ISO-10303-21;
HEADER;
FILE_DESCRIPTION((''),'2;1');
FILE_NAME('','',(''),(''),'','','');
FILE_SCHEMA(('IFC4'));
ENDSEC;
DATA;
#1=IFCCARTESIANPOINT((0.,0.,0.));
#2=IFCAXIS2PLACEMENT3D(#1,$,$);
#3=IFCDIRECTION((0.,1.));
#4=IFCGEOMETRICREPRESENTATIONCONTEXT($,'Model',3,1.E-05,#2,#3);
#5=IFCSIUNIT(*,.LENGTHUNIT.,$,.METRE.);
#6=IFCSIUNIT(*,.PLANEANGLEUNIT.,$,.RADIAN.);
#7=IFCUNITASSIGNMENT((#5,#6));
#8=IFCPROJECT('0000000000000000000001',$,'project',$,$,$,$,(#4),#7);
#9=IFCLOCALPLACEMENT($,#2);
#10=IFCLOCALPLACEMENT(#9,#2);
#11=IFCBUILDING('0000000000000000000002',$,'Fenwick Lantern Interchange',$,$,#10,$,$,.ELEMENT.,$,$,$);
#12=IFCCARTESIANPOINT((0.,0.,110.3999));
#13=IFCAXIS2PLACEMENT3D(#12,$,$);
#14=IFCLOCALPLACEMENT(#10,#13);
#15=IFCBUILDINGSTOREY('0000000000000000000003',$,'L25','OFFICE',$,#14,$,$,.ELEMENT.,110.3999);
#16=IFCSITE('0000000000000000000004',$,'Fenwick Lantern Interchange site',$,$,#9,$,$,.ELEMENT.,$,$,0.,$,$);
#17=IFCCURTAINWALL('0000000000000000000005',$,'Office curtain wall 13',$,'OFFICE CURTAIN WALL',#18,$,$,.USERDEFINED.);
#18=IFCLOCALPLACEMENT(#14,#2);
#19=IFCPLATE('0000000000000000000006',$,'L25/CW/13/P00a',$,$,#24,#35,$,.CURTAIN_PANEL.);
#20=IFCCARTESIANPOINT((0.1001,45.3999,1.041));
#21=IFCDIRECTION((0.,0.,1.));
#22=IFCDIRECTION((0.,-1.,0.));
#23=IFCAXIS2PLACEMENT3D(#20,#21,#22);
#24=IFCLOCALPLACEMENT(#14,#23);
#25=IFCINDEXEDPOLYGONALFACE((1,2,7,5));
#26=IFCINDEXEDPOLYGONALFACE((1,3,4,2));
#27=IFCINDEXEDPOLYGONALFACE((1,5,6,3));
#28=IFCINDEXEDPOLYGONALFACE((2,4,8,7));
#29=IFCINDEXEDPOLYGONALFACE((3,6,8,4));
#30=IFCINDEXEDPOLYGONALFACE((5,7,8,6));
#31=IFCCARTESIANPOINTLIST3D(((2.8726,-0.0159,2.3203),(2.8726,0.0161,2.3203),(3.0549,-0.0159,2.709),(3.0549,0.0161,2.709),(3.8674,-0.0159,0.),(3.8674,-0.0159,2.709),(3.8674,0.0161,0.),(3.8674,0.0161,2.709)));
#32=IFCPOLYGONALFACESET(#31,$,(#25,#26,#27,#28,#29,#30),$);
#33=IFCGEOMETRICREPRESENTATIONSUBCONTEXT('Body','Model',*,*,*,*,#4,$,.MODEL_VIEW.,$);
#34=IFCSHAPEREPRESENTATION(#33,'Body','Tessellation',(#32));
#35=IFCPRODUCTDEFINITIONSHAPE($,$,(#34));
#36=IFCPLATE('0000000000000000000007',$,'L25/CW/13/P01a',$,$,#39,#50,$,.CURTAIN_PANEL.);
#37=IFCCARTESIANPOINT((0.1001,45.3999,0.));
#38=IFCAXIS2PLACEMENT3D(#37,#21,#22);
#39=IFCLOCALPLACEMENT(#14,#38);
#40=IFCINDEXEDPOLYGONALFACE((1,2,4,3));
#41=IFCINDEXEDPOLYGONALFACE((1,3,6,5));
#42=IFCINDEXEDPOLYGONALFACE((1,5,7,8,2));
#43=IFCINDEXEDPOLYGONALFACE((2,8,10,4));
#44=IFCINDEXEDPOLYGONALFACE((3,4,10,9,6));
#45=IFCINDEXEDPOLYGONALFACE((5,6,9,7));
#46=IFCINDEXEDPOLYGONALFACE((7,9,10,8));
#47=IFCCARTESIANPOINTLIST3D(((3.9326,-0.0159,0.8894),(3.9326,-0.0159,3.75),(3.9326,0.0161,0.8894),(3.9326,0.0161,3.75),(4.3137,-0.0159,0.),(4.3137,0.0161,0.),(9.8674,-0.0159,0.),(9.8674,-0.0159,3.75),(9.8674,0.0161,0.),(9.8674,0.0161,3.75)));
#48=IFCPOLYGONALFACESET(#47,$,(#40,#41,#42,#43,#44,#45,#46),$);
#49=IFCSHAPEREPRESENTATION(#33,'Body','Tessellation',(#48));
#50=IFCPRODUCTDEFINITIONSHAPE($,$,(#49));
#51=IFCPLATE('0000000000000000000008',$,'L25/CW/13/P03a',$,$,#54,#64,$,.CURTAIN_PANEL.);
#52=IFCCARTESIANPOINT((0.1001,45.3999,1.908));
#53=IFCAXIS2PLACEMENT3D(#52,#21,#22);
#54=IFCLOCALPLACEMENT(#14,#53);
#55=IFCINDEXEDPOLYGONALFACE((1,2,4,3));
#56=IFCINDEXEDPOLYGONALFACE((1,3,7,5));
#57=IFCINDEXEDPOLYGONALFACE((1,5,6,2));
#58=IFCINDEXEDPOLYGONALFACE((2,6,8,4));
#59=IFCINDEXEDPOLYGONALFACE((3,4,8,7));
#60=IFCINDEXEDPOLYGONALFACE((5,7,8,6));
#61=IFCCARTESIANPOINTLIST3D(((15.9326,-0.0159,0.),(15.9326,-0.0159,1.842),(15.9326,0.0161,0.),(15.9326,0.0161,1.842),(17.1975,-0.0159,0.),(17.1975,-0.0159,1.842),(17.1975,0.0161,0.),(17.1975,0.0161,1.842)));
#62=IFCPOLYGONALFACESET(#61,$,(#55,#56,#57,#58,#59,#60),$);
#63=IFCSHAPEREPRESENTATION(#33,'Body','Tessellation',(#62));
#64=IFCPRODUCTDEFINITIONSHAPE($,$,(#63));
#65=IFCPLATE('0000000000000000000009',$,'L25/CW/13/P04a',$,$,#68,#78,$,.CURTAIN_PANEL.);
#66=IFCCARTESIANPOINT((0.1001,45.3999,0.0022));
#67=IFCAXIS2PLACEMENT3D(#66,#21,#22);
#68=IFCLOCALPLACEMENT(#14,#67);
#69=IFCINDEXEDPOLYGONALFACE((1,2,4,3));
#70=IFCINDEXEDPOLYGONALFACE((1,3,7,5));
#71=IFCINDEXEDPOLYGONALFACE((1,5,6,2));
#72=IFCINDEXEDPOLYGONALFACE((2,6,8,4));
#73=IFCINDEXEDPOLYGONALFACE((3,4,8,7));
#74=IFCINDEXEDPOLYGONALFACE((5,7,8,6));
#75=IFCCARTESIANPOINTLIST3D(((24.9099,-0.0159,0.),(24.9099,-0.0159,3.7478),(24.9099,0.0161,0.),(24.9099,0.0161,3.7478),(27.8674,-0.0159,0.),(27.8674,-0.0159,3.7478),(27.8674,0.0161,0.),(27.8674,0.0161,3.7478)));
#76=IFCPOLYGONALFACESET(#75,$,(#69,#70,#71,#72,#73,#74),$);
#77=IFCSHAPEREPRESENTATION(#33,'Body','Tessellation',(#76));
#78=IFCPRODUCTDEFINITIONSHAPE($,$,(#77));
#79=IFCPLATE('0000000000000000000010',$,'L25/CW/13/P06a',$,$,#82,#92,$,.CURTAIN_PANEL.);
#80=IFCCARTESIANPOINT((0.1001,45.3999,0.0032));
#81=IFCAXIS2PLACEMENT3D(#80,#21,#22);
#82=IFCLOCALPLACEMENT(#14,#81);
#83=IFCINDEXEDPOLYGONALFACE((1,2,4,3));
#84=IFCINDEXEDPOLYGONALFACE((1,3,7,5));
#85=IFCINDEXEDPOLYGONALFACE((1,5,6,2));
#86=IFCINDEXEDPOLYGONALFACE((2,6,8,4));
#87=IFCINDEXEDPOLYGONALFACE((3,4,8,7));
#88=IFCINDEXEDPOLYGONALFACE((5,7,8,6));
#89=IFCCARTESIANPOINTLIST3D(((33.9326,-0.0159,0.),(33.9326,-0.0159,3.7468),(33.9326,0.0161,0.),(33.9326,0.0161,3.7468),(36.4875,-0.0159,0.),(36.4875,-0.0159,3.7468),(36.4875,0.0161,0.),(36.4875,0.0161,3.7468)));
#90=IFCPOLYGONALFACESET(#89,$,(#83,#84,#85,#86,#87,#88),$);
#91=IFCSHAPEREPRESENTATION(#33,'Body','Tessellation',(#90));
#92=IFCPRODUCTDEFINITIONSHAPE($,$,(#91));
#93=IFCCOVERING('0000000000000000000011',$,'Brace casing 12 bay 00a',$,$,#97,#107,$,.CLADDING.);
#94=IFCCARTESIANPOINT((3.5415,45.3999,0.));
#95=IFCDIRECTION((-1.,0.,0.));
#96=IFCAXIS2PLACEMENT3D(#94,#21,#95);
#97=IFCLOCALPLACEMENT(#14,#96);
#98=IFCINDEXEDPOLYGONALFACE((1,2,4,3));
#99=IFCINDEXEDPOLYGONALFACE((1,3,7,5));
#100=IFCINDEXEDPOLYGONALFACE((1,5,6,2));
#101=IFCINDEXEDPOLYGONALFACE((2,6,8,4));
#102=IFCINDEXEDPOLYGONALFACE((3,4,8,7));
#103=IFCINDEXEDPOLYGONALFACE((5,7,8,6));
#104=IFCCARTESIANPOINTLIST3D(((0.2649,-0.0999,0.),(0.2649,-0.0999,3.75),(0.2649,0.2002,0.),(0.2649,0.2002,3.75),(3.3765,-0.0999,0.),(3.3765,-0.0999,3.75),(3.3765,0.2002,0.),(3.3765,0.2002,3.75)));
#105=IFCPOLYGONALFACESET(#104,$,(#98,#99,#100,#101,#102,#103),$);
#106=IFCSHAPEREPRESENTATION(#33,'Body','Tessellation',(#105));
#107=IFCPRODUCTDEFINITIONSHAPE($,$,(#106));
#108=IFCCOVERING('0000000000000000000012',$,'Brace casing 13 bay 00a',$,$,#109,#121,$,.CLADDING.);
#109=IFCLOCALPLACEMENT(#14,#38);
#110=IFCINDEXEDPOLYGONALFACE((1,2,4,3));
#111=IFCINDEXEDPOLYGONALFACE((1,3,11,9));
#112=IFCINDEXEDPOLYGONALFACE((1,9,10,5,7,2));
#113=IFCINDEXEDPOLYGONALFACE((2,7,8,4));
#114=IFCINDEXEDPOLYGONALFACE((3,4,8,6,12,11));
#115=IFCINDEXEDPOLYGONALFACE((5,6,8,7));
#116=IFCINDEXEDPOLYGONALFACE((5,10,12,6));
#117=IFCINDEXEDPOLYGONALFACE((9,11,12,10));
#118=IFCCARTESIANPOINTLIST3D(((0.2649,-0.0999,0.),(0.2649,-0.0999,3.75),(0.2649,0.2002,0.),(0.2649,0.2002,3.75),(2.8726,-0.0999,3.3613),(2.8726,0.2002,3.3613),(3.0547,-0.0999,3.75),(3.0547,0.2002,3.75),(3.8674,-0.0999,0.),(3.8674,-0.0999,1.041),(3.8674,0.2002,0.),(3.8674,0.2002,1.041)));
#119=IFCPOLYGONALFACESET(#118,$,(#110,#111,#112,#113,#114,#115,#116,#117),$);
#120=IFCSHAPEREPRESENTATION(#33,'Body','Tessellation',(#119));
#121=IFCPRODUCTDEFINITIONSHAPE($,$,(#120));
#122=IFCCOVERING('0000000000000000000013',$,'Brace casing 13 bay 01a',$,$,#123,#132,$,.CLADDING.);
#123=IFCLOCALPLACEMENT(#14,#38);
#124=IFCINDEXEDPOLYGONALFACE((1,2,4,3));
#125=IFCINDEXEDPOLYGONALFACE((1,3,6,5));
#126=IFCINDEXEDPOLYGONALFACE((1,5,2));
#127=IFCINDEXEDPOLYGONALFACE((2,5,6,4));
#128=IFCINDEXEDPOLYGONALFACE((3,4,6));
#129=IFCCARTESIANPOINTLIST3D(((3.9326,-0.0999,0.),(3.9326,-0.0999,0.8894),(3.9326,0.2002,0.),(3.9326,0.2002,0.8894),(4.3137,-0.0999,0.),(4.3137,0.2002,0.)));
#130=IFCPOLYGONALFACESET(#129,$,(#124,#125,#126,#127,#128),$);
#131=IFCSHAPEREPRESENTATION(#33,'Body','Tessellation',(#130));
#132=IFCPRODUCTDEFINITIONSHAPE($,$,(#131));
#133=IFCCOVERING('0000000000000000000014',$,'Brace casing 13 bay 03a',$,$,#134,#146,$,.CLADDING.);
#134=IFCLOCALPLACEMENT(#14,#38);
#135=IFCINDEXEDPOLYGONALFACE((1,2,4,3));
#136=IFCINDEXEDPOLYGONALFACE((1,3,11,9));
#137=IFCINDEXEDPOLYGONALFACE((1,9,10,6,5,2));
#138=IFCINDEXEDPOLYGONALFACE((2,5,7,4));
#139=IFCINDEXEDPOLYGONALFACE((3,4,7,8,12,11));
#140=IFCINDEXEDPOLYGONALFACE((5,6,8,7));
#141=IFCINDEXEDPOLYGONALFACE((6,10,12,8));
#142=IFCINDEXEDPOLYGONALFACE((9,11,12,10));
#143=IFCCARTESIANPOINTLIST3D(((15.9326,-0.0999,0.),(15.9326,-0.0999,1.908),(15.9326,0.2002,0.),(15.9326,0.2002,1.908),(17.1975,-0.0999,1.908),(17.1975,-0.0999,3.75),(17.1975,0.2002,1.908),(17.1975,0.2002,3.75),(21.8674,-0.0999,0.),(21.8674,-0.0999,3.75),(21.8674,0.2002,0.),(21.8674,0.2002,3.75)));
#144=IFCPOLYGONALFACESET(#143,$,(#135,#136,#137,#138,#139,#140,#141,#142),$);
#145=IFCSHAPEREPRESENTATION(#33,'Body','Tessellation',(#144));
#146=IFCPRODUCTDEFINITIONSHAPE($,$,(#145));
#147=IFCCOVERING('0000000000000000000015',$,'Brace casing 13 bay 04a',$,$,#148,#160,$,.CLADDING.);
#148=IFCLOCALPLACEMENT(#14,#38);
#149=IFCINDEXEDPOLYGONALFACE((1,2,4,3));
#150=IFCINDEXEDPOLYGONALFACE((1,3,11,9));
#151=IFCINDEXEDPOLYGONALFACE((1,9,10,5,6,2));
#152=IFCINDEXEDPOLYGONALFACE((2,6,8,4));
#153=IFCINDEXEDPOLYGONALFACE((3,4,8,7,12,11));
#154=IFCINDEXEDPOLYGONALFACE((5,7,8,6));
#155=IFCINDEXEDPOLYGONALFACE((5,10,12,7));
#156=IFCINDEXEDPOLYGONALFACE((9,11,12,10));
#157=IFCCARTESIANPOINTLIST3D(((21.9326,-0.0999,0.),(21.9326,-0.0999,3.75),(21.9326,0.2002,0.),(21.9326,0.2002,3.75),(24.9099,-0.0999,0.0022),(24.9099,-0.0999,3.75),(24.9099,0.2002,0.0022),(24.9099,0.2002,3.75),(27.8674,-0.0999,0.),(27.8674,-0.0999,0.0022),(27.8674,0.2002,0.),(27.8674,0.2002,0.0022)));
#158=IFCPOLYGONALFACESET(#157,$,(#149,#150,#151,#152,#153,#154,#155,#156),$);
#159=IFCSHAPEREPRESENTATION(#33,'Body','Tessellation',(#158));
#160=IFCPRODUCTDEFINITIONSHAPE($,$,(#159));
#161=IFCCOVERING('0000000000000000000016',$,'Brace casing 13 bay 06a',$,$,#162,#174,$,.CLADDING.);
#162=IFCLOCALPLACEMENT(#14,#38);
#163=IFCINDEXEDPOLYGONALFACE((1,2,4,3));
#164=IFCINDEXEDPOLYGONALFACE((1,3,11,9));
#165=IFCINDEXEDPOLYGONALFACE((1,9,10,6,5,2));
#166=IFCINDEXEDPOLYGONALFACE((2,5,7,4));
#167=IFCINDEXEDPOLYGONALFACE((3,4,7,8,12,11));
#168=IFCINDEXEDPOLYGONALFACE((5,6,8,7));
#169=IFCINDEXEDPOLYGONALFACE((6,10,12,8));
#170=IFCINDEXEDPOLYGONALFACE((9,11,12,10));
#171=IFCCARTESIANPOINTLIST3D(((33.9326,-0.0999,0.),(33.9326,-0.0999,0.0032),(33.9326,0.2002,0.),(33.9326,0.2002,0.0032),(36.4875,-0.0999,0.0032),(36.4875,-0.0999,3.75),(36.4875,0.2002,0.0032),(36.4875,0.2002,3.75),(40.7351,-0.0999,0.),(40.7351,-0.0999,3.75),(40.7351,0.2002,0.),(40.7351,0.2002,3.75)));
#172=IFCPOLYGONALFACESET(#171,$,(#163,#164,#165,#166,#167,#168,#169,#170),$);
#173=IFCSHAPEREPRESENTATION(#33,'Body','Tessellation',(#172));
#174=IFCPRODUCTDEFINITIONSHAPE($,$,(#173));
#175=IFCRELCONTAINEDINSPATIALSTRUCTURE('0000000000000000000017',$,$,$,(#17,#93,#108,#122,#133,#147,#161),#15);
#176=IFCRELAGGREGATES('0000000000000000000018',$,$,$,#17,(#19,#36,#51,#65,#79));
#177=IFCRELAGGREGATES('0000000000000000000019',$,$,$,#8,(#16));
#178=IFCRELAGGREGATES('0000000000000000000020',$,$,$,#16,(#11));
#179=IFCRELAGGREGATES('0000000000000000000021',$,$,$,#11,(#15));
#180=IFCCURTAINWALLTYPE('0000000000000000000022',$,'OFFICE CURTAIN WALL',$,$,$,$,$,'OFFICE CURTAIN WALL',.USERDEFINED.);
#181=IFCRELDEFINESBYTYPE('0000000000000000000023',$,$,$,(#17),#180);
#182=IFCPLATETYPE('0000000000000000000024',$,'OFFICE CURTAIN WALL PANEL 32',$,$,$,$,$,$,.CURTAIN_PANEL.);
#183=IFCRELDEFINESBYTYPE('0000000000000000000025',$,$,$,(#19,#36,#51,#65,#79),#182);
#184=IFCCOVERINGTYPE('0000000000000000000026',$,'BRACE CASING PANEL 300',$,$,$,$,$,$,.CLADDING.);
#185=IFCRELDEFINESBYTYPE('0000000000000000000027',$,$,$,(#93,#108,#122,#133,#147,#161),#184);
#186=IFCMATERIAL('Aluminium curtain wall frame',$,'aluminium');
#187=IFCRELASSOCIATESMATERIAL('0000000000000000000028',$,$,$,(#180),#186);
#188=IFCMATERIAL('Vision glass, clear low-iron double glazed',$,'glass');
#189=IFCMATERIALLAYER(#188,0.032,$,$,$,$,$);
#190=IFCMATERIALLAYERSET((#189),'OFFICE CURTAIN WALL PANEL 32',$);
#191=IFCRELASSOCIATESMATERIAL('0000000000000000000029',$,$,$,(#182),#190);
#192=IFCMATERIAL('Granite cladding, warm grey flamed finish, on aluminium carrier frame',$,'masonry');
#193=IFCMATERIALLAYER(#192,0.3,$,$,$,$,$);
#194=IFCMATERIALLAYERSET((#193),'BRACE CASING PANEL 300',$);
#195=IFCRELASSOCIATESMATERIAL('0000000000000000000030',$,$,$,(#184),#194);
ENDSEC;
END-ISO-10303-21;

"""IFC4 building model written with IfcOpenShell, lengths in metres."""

from ifc_helpers import new_model, si_unit, direction, frame, origin, place, context, subcontext, project, spatial, polyline, outline, extrude, material, layer, layer_set, type_object, element, aggregate, save


model = new_model("IFC4")

# Units and contexts
model_context = context("Model", 3, precision=1e-05, world=origin(), true_north=direction((0.0, 1.0)))
body_context = subcontext(model_context, "Body", "Model", "MODEL_VIEW")
ifc_project = project(units=[si_unit("LENGTHUNIT", "METRE"), si_unit("PLANEANGLEUNIT", "RADIAN")], contexts=[model_context])

# Site, building, storey
site_placement = place(None, origin())
site = spatial("IfcSite", under=ifc_project, at=site_placement, Name="Fenwick Lantern Interchange site", CompositionType="ELEMENT", RefElevation=0.0)
building_placement = place(site_placement, origin())
building = spatial("IfcBuilding", under=site, at=building_placement, Name="Fenwick Lantern Interchange", CompositionType="ELEMENT")
storey_placement = place(building_placement, frame((0.0, 0.0, 110.3999)))
storey = spatial("IfcBuildingStorey", under=building, at=storey_placement, Name="L25", Description="OFFICE", CompositionType="ELEMENT", Elevation=110.3999)

# Shared definitions
ifc_material_1 = material(Name="Aluminium curtain wall frame", Category="aluminium")
curtain_wall_type = type_object("IfcCurtainWallType", Name="OFFICE CURTAIN WALL", ElementType="OFFICE CURTAIN WALL", PredefinedType="USERDEFINED", material=ifc_material_1)

# Curtain wall
curtain_wall_1_placement = place(storey_placement, origin())
curtain_wall_1 = element("IfcCurtainWall", 1, at=curtain_wall_1_placement, inside=storey, type_object=curtain_wall_type, Name="Office curtain wall 13", ObjectType="OFFICE CURTAIN WALL", PredefinedType="USERDEFINED")

# Plates
ifc_material_2 = material(Name="Vision glass, clear low-iron double glazed", Category="glass")
ifc_layer_1 = layer(ifc_material_2, 0.032)
ifc_layer_set_1 = layer_set([ifc_layer_1], Name="OFFICE CURTAIN WALL PANEL 32")
plate_type = type_object("IfcPlateType", Name="OFFICE CURTAIN WALL PANEL 32", PredefinedType="CURTAIN_PANEL", material=ifc_layer_set_1)
plate_1_placement = place(storey_placement, frame((0.1001, 45.3999, 1.041), z_axis=(0.0, 0.0, 1.0), x_axis=(0.0, -1.0, 0.0)))
plate_1 = element("IfcPlate", 2, at=plate_1_placement, type_object=plate_type, Name="L25/CW/13/P00a", PredefinedType="CURTAIN_PANEL", context=body_context, shape_type="SweptSolid", body=[
    extrude(outline(polyline([(3.8674, 0.0), (3.8674, 2.709), (3.0549, 2.709), (2.8726, 2.3203), (3.8674, 0.0)])), frame((0.0, 0.0161, 0.0), z_axis=(0.0, -1.0, 0.0), x_axis=(1.0, 0.0, 0.0)), (0.0, 0.0, 1.0), 0.032),
])
plate_2_placement = place(storey_placement, frame((0.1001, 45.3999, 0.0), z_axis=(0.0, 0.0, 1.0), x_axis=(0.0, -1.0, 0.0)))
plate_2 = element("IfcPlate", 3, at=plate_2_placement, type_object=plate_type, Name="L25/CW/13/P01a", PredefinedType="CURTAIN_PANEL", context=body_context, shape_type="SweptSolid", body=[
    extrude(outline(polyline([(4.3137, 0.0), (9.8674, 0.0), (9.8674, 3.75), (3.9326, 3.75), (3.9326, 0.8894), (4.3137, 0.0)])), frame((0.0, 0.0161, 0.0), z_axis=(0.0, -1.0, 0.0), x_axis=(1.0, 0.0, 0.0)), (0.0, 0.0, 1.0), 0.032),
])
plate_3_placement = place(storey_placement, frame((0.1001, 45.3999, 1.908), z_axis=(0.0, 0.0, 1.0), x_axis=(0.0, -1.0, 0.0)))
plate_3 = element("IfcPlate", 4, at=plate_3_placement, type_object=plate_type, Name="L25/CW/13/P03a", PredefinedType="CURTAIN_PANEL", context=body_context, shape_type="SweptSolid", body=[
    extrude(outline(polyline([(15.9326, 0.0), (17.1975, 0.0), (17.1975, 1.842), (15.9326, 1.842), (15.9326, 0.0)])), frame((0.0, 0.0161, 0.0), z_axis=(0.0, -1.0, 0.0), x_axis=(1.0, 0.0, 0.0)), (0.0, 0.0, 1.0), 0.032),
])
plate_4_placement = place(storey_placement, frame((0.1001, 45.3999, 0.0022), z_axis=(0.0, 0.0, 1.0), x_axis=(0.0, -1.0, 0.0)))
plate_4 = element("IfcPlate", 5, at=plate_4_placement, type_object=plate_type, Name="L25/CW/13/P04a", PredefinedType="CURTAIN_PANEL", context=body_context, shape_type="SweptSolid", body=[
    extrude(outline(polyline([(24.9099, 0.0), (27.8674, 0.0), (27.8674, 3.7478), (24.9099, 3.7478), (24.9099, 0.0)])), frame((0.0, 0.0161, 0.0), z_axis=(0.0, -1.0, 0.0), x_axis=(1.0, 0.0, 0.0)), (0.0, 0.0, 1.0), 0.032),
])
plate_5_placement = place(storey_placement, frame((0.1001, 45.3999, 0.0032), z_axis=(0.0, 0.0, 1.0), x_axis=(0.0, -1.0, 0.0)))
plate_5 = element("IfcPlate", 6, at=plate_5_placement, type_object=plate_type, Name="L25/CW/13/P06a", PredefinedType="CURTAIN_PANEL", context=body_context, shape_type="SweptSolid", body=[
    extrude(outline(polyline([(33.9326, 0.0), (36.4875, 0.0), (36.4875, 3.7468), (33.9326, 3.7468), (33.9326, 0.0)])), frame((0.0, 0.0161, 0.0), z_axis=(0.0, -1.0, 0.0), x_axis=(1.0, 0.0, 0.0)), (0.0, 0.0, 1.0), 0.032),
])
aggregate(curtain_wall_1, [plate_1, plate_2, plate_3, plate_4, plate_5])

# Coverings
ifc_material_3 = material(Name="Granite cladding, warm grey flamed finish, on aluminium carrier frame", Category="masonry")
ifc_layer_2 = layer(ifc_material_3, 0.3)
ifc_layer_set_2 = layer_set([ifc_layer_2], Name="BRACE CASING PANEL 300")
covering_type = type_object("IfcCoveringType", Name="BRACE CASING PANEL 300", PredefinedType="CLADDING", material=ifc_layer_set_2)
covering_1_placement = place(storey_placement, frame((3.5415, 45.3999, 0.0), z_axis=(0.0, 0.0, 1.0), x_axis=(-1.0, 0.0, 0.0)))
element("IfcCovering", 7, at=covering_1_placement, inside=storey, type_object=covering_type, Name="Brace casing 12 bay 00a", PredefinedType="CLADDING", context=body_context, shape_type="SweptSolid", body=[
    extrude(outline(polyline([(0.2649, 0.0), (3.3765, 0.0), (3.3765, 3.75), (0.2649, 3.75), (0.2649, 0.0)])), frame((0.0, 0.2002, 0.0), z_axis=(0.0, -1.0, 0.0), x_axis=(1.0, 0.0, 0.0)), (0.0, 0.0, 1.0), 0.3),
])
covering_2_placement = place(storey_placement, frame((0.1001, 45.3999, 0.0), z_axis=(0.0, 0.0, 1.0), x_axis=(0.0, -1.0, 0.0)))
element("IfcCovering", 8, at=covering_2_placement, inside=storey, type_object=covering_type, Name="Brace casing 13 bay 00a", PredefinedType="CLADDING", context=body_context, shape_type="SweptSolid", body=[
    extrude(outline(polyline([(0.2649, 0.0), (3.8674, 0.0), (3.8674, 1.041), (2.8726, 3.3613), (3.0547, 3.75), (0.2649, 3.75), (0.2649, 0.0)])), frame((0.0, 0.2002, 0.0), z_axis=(0.0, -1.0, 0.0), x_axis=(1.0, 0.0, 0.0)), (0.0, 0.0, 1.0), 0.3),
])
covering_3_placement = place(storey_placement, frame((0.1001, 45.3999, 0.0), z_axis=(0.0, 0.0, 1.0), x_axis=(0.0, -1.0, 0.0)))
element("IfcCovering", 9, at=covering_3_placement, inside=storey, type_object=covering_type, Name="Brace casing 13 bay 01a", PredefinedType="CLADDING", context=body_context, shape_type="SweptSolid", body=[
    extrude(outline(polyline([(3.9326, 0.0), (4.3137, 0.0), (3.9326, 0.8894), (3.9326, 0.0)])), frame((0.0, 0.2002, 0.0), z_axis=(0.0, -1.0, 0.0), x_axis=(1.0, 0.0, 0.0)), (0.0, 0.0, 1.0), 0.3),
])
covering_4_placement = place(storey_placement, frame((0.1001, 45.3999, 0.0), z_axis=(0.0, 0.0, 1.0), x_axis=(0.0, -1.0, 0.0)))
element("IfcCovering", 10, at=covering_4_placement, inside=storey, type_object=covering_type, Name="Brace casing 13 bay 03a", PredefinedType="CLADDING", context=body_context, shape_type="SweptSolid", body=[
    extrude(outline(polyline([(15.9326, 0.0), (21.8674, 0.0), (21.8674, 3.75), (17.1975, 3.75), (17.1975, 1.908), (15.9326, 1.908), (15.9326, 0.0)])), frame((0.0, 0.2002, 0.0), z_axis=(0.0, -1.0, 0.0), x_axis=(1.0, 0.0, 0.0)), (0.0, 0.0, 1.0), 0.3),
])
covering_5_placement = place(storey_placement, frame((0.1001, 45.3999, 0.0), z_axis=(0.0, 0.0, 1.0), x_axis=(0.0, -1.0, 0.0)))
element("IfcCovering", 11, at=covering_5_placement, inside=storey, type_object=covering_type, Name="Brace casing 13 bay 04a", PredefinedType="CLADDING", context=body_context, shape_type="SweptSolid", body=[
    extrude(outline(polyline([(21.9326, 0.0), (27.8674, 0.0), (27.8674, 0.0022), (24.9099, 0.0022), (24.9099, 3.75), (21.9326, 3.75), (21.9326, 0.0)])), frame((0.0, 0.2002, 0.0), z_axis=(0.0, -1.0, 0.0), x_axis=(1.0, 0.0, 0.0)), (0.0, 0.0, 1.0), 0.3),
])
covering_6_placement = place(storey_placement, frame((0.1001, 45.3999, 0.0), z_axis=(0.0, 0.0, 1.0), x_axis=(0.0, -1.0, 0.0)))
element("IfcCovering", 12, at=covering_6_placement, inside=storey, type_object=covering_type, Name="Brace casing 13 bay 06a", PredefinedType="CLADDING", context=body_context, shape_type="SweptSolid", body=[
    extrude(outline(polyline([(33.9326, 0.0), (40.7351, 0.0), (40.7351, 3.75), (36.4875, 3.75), (36.4875, 0.0032), (33.9326, 0.0032), (33.9326, 0.0)])), frame((0.0, 0.2002, 0.0), z_axis=(0.0, -1.0, 0.0), x_axis=(1.0, 0.0, 0.0)), (0.0, 0.0, 1.0), 0.3),
])

save(model, "model.ifc")
